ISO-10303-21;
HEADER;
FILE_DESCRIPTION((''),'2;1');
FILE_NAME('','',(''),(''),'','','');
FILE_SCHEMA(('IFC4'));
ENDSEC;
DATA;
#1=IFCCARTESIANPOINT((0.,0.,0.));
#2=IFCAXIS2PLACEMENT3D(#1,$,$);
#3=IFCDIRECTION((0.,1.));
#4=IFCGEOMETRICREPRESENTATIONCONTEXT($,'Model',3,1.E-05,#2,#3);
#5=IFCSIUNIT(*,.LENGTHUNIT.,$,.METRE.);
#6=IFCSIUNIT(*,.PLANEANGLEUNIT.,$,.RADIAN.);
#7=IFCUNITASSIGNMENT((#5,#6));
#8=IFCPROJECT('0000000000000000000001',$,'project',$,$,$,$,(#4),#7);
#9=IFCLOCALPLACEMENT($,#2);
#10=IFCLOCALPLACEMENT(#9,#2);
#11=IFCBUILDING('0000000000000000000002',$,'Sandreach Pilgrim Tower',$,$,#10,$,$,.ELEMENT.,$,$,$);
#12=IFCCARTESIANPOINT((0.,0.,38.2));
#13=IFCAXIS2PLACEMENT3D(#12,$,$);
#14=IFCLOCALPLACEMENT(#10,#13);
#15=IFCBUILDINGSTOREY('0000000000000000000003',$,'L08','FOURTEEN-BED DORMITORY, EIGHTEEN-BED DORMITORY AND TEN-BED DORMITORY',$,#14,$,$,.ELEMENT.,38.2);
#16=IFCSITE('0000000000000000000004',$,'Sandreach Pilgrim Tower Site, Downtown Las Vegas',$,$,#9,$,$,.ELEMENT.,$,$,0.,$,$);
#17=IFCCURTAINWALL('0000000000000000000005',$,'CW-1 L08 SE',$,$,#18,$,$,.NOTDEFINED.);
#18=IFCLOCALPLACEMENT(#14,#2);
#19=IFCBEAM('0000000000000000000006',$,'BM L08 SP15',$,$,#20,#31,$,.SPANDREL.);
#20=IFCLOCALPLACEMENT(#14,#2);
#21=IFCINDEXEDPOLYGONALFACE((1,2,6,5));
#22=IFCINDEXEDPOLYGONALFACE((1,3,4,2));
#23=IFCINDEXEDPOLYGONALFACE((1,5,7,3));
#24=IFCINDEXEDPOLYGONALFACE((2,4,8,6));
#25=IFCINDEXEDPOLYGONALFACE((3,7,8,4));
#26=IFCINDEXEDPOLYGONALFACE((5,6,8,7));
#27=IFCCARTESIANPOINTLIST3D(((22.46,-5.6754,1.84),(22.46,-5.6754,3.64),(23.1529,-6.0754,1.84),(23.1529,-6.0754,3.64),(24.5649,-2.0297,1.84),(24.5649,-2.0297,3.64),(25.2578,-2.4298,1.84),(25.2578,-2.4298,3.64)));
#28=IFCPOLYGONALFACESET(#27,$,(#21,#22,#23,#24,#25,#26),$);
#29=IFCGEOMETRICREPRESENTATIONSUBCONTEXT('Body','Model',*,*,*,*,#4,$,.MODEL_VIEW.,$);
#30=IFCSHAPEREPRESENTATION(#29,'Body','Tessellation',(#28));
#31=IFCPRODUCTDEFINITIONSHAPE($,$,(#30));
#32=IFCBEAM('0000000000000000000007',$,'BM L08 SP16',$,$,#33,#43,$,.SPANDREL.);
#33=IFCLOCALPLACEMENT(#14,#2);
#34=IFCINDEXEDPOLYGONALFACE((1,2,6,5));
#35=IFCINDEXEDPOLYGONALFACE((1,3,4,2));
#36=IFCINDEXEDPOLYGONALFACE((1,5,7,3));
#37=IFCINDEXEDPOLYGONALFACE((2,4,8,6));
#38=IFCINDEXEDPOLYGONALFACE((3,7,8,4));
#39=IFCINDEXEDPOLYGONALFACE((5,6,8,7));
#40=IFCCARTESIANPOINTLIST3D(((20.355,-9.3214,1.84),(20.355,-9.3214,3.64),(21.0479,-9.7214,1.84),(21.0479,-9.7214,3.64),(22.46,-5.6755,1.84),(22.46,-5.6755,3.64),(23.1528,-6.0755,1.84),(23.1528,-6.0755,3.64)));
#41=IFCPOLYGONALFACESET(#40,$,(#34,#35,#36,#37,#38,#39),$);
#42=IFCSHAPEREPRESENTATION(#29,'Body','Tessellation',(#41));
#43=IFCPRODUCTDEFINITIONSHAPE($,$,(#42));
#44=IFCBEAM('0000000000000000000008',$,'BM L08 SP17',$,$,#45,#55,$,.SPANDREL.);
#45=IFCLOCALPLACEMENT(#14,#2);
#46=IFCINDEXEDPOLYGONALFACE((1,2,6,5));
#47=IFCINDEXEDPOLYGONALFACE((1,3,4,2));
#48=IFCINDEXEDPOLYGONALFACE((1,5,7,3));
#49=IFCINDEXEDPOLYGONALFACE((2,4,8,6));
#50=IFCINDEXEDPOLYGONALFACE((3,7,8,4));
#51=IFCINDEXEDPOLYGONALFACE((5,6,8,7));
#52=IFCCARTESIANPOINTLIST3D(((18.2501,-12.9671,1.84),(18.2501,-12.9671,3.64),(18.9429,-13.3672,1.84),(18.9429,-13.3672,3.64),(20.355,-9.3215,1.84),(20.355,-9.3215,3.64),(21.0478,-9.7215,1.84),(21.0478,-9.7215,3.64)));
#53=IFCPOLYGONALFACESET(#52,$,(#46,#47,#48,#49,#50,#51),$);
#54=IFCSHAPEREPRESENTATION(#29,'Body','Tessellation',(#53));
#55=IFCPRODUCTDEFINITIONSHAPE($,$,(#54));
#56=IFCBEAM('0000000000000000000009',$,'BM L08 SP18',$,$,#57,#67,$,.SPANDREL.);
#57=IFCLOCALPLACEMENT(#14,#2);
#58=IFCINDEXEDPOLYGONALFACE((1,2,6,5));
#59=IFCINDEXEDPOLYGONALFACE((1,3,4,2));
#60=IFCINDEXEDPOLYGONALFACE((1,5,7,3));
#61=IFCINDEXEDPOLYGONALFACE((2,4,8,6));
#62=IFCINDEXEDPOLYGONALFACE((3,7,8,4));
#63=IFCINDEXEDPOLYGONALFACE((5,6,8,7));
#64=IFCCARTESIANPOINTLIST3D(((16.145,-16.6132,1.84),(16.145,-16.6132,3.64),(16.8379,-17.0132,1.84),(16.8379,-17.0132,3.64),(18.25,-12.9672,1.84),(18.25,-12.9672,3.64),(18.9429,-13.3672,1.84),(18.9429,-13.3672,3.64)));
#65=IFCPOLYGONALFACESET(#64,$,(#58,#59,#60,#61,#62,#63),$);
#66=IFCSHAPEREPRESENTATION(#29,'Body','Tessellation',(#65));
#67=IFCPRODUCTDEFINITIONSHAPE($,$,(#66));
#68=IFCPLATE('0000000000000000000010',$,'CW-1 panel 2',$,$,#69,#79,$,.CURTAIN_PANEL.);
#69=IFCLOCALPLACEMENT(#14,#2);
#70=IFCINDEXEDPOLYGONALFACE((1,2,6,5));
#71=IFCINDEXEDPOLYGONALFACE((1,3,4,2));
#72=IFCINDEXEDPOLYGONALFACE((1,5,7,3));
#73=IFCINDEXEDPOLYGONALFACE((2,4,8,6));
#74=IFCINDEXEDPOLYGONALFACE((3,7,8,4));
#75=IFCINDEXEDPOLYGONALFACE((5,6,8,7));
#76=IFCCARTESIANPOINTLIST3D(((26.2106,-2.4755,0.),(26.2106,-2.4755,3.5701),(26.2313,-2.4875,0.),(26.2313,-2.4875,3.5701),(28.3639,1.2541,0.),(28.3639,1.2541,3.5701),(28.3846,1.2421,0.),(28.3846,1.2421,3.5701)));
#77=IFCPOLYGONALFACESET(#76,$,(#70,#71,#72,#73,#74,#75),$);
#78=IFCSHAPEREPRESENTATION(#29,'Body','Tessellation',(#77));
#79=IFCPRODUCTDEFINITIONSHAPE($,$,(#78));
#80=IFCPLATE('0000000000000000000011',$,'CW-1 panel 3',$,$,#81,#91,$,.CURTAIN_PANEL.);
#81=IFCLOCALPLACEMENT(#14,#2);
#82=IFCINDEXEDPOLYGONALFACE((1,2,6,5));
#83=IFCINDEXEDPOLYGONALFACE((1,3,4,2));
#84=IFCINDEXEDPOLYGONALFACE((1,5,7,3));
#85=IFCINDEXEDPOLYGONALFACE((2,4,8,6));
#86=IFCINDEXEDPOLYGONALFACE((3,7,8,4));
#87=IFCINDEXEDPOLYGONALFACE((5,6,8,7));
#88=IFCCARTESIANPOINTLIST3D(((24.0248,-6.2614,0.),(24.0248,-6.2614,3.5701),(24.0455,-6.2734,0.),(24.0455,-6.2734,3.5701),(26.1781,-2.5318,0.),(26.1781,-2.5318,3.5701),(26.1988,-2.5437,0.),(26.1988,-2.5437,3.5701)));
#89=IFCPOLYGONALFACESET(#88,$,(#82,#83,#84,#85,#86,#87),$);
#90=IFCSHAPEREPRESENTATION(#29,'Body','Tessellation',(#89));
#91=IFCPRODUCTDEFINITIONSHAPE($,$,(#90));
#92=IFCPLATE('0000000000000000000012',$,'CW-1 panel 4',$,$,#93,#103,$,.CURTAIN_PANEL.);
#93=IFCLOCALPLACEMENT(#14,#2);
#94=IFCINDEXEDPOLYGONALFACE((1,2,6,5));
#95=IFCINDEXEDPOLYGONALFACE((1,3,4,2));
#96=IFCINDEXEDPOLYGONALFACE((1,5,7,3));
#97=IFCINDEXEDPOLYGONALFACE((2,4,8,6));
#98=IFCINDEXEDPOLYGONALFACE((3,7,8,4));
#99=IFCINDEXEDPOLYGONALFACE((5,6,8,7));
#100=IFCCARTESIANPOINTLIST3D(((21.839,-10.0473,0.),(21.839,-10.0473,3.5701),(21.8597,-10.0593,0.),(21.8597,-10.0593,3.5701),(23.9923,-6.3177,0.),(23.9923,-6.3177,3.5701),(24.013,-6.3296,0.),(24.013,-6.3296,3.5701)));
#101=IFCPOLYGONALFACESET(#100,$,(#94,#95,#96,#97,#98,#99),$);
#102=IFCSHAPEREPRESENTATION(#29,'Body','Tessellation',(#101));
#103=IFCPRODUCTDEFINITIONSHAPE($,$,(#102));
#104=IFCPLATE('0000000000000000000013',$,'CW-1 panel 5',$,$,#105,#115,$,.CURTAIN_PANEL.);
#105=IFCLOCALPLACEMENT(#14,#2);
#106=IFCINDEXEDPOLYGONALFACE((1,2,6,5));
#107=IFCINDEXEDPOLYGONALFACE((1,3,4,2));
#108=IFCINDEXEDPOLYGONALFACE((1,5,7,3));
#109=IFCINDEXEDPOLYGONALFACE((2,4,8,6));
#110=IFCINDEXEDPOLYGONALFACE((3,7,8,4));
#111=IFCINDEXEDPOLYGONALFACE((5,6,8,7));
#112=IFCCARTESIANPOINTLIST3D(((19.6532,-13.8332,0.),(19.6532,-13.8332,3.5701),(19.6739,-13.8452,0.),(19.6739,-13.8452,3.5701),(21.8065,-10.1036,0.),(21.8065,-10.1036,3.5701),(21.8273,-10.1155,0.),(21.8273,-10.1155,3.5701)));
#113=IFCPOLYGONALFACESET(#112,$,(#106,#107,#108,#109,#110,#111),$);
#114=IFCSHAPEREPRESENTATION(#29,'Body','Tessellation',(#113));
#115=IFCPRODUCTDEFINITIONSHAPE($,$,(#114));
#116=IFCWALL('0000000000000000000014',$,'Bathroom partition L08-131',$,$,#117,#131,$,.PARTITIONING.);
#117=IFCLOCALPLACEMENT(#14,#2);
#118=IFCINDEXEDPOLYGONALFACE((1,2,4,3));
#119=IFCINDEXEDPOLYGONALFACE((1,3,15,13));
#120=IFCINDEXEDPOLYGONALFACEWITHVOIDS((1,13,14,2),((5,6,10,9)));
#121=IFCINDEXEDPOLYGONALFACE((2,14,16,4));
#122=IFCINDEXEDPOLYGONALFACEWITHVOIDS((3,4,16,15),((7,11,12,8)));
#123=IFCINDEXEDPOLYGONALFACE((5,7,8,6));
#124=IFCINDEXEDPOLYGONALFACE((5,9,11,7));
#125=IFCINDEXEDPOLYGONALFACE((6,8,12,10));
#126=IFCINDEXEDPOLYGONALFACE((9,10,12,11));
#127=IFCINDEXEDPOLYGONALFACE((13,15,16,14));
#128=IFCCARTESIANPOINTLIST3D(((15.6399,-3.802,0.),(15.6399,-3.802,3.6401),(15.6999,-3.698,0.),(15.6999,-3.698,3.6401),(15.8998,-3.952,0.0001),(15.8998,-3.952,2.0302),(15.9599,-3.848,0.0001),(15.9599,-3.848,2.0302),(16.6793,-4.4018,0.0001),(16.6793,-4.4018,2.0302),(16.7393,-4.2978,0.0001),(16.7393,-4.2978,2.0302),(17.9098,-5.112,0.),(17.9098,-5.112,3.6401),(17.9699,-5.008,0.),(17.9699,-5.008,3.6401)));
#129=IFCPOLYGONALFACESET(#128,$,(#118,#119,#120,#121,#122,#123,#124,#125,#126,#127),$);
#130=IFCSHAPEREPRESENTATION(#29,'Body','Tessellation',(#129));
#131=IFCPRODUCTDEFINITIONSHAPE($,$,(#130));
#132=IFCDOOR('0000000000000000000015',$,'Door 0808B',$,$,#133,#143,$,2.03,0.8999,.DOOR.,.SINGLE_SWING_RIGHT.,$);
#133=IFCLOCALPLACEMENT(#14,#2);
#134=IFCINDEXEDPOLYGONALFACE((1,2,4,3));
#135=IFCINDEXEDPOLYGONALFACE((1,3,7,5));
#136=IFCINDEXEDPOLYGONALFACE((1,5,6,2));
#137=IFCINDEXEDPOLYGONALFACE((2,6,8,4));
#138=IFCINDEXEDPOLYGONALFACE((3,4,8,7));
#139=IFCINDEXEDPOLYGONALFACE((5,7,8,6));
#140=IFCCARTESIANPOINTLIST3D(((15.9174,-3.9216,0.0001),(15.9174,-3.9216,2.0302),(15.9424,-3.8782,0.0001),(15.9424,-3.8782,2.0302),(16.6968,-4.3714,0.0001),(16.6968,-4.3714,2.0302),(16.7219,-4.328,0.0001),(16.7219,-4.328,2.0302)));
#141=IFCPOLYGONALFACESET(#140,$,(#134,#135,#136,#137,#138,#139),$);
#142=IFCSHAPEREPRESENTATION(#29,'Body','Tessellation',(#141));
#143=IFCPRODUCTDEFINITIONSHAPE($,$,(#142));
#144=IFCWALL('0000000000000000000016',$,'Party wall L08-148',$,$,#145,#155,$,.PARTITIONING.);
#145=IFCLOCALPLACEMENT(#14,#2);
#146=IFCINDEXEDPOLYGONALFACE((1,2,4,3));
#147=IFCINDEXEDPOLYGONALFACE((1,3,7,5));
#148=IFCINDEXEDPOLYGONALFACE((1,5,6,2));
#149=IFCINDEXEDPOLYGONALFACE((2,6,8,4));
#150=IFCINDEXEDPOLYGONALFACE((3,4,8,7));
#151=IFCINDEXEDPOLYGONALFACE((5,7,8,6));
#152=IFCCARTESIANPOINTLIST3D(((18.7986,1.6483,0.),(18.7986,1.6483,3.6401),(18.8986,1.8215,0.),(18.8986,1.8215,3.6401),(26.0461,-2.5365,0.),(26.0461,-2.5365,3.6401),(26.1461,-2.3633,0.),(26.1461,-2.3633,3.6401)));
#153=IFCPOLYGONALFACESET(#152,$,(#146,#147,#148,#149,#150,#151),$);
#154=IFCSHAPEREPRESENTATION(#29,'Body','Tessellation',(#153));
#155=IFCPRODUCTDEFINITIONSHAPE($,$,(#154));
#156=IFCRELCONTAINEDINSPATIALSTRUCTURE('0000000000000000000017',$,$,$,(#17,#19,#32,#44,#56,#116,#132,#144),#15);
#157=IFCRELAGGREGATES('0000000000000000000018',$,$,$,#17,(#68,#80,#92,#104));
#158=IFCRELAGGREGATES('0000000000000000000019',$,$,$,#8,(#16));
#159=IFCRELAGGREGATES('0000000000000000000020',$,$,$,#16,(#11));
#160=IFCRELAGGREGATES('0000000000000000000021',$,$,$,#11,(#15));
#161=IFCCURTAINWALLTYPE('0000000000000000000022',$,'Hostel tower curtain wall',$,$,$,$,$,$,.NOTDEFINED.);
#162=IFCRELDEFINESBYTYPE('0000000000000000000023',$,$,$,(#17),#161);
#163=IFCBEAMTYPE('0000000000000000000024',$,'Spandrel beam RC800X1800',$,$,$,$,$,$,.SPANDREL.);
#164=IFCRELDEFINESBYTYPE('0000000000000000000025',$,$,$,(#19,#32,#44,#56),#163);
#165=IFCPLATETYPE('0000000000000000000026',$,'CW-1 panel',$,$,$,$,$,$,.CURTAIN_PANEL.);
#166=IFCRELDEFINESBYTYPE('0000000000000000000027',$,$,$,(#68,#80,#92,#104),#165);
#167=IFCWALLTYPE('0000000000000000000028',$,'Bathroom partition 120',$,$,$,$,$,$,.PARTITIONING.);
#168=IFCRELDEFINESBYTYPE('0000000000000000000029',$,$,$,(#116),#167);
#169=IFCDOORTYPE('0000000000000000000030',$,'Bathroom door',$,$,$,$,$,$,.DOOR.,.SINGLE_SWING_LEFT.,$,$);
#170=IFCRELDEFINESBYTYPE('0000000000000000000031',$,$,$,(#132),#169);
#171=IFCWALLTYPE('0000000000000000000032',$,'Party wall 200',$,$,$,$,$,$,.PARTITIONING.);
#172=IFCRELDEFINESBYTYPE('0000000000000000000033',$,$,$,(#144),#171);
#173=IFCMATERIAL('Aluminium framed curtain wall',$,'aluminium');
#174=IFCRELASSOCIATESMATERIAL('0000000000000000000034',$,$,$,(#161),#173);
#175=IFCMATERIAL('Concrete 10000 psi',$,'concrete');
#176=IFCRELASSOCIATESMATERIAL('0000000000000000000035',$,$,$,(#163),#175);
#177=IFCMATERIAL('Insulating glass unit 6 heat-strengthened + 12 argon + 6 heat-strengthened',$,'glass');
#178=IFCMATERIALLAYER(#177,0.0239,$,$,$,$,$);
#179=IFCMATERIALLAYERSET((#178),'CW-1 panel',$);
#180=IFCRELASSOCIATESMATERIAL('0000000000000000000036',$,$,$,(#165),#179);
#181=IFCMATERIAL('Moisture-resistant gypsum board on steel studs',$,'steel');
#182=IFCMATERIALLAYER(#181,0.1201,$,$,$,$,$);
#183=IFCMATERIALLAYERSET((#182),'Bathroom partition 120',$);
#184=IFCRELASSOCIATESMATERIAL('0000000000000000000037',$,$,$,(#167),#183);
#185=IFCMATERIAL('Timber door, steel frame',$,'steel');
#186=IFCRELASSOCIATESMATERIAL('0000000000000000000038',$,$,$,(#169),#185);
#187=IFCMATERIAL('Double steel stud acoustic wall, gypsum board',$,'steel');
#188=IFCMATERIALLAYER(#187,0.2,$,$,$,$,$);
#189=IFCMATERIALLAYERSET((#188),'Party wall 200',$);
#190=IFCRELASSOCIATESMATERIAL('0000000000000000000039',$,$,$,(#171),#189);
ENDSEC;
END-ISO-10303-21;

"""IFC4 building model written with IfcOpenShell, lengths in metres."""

from ifc_helpers import new_model, si_unit, direction, frame, frame_2d, origin, origin_2d, place, context, subcontext, project, spatial, rectangle, extrude, material, layer, layer_set, material_profile, profile_set, type_object, element, fill, aggregate, save


model = new_model("IFC4")

# Units and contexts
model_context = context("Model", 3, precision=1e-05, world=origin(), true_north=direction((0.0, 1.0)))
body_context = subcontext(model_context, "Body", "Model", "MODEL_VIEW")
ifc_project = project(units=[si_unit("LENGTHUNIT", "METRE"), si_unit("PLANEANGLEUNIT", "RADIAN")], contexts=[model_context])

# Site, building, storey
site_placement = place(None, origin())
site = spatial("IfcSite", under=ifc_project, at=site_placement, Name="Sandreach Pilgrim Tower Site, Downtown Las Vegas", CompositionType="ELEMENT", RefElevation=0.0)
building_placement = place(site_placement, origin())
building = spatial("IfcBuilding", under=site, at=building_placement, Name="Sandreach Pilgrim Tower", CompositionType="ELEMENT")
storey_placement = place(building_placement, frame((0.0, 0.0, 38.2)))
storey = spatial("IfcBuildingStorey", under=building, at=storey_placement, Name="L08", Description="FOURTEEN-BED DORMITORY, EIGHTEEN-BED DORMITORY AND TEN-BED DORMITORY", CompositionType="ELEMENT", Elevation=38.2)

# Curtain wall
ifc_material_1 = material(Name="Aluminium framed curtain wall", Category="aluminium")
curtain_wall_type = type_object("IfcCurtainWallType", Name="Hostel tower curtain wall", PredefinedType="NOTDEFINED", material=ifc_material_1)
curtain_wall_placement = place(storey_placement, origin())
curtain_wall = element("IfcCurtainWall", 1, at=curtain_wall_placement, inside=storey, type_object=curtain_wall_type, Name="CW-1 L08 SE", PredefinedType="NOTDEFINED")

# Beams
ifc_material_2 = material(Name="Concrete 10000 psi", Category="concrete")
ifc_material_profile_1 = material_profile(ifc_material_2, rectangle(XDim=0.8, YDim=1.8, at=origin_2d()), Name="RC800X1800")
ifc_profile_set_1 = profile_set([ifc_material_profile_1], Name="Concrete 10000 psi")
beam_type_1 = type_object("IfcBeamType", Name="Spandrel beam RC800X1800", PredefinedType="SPANDREL", material=ifc_profile_set_1)
beam_1_placement = place(storey_placement, frame((24.9114, -2.2297, 2.74), z_axis=(-0.500019, -0.866015, 0.0), x_axis=(0.866015, -0.500019, 0.0)))
element("IfcBeam", 2, at=beam_1_placement, inside=storey, type_object=beam_type_1, Name="BM L08 SP15", PredefinedType="SPANDREL", context=body_context, shape_type="SweptSolid", body=[
    extrude(rectangle(XDim=0.8, YDim=1.8, at=origin_2d()), origin(), (0.0, 0.0, 1.0), 4.2097),
])
beam_2_placement = place(storey_placement, frame((22.8064, -5.8755, 2.74), z_axis=(-0.499994, -0.866029, 0.0), x_axis=(0.866029, -0.499994, 0.0)))
element("IfcBeam", 3, at=beam_2_placement, inside=storey, type_object=beam_type_1, Name="BM L08 SP16", PredefinedType="SPANDREL", context=body_context, shape_type="SweptSolid", body=[
    extrude(rectangle(XDim=0.8, YDim=1.8, at=origin_2d()), origin(), (0.0, 0.0, 1.0), 4.21),
])
beam_3_placement = place(storey_placement, frame((20.7014, -9.5215, 2.74), z_axis=(-0.500019, -0.866015, 0.0), x_axis=(0.866015, -0.500019, 0.0)))
element("IfcBeam", 4, at=beam_3_placement, inside=storey, type_object=beam_type_1, Name="BM L08 SP17", PredefinedType="SPANDREL", context=body_context, shape_type="SweptSolid", body=[
    extrude(rectangle(XDim=0.8, YDim=1.8, at=origin_2d()), origin(), (0.0, 0.0, 1.0), 4.2097),
])
beam_4_placement = place(storey_placement, frame((18.5964, -13.1672, 2.74), z_axis=(-0.499994, -0.866029, 0.0), x_axis=(0.866029, -0.499994, 0.0)))
element("IfcBeam", 5, at=beam_4_placement, inside=storey, type_object=beam_type_1, Name="BM L08 SP18", PredefinedType="SPANDREL", context=body_context, shape_type="SweptSolid", body=[
    extrude(rectangle(XDim=0.8, YDim=1.8, at=origin_2d()), origin(), (0.0, 0.0, 1.0), 4.21),
])

# Plates
ifc_material_3 = material(Name="Insulating glass unit 6 heat-strengthened + 12 argon + 6 heat-strengthened", Category="glass")
ifc_layer_1 = layer(ifc_material_3, 0.0239)
ifc_layer_set_1 = layer_set([ifc_layer_1], Name="CW-1 panel")
plate_type = type_object("IfcPlateType", Name="CW-1 panel", PredefinedType="CURTAIN_PANEL", material=ifc_layer_set_1)
plate_1_placement = place(storey_placement, frame((27.2976, -0.6167, 0.0), z_axis=(0.0, 0.0, 1.0), x_axis=(-0.5, -0.866025, 0.0)))
plate_1 = element("IfcPlate", 6, at=plate_1_placement, type_object=plate_type, Name="CW-1 panel 2", PredefinedType="CURTAIN_PANEL", context=body_context, shape_type="SweptSolid", body=[
    extrude(rectangle(XDim=4.3066, YDim=0.0239, at=origin_2d()), origin(), (0.0, 0.0, 1.0), 3.5701),
])
plate_2_placement = place(storey_placement, frame((25.1118, -4.4026, 0.0), z_axis=(0.0, 0.0, 1.0), x_axis=(-0.5, -0.866025, 0.0)))
plate_2 = element("IfcPlate", 7, at=plate_2_placement, type_object=plate_type, Name="CW-1 panel 3", PredefinedType="CURTAIN_PANEL", context=body_context, shape_type="SweptSolid", body=[
    extrude(rectangle(XDim=4.3066, YDim=0.0239, at=origin_2d()), origin(), (0.0, 0.0, 1.0), 3.5701),
])
plate_3_placement = place(storey_placement, frame((22.926, -8.1885, 0.0), z_axis=(0.0, 0.0, 1.0), x_axis=(-0.5, -0.866025, 0.0)))
plate_3 = element("IfcPlate", 8, at=plate_3_placement, type_object=plate_type, Name="CW-1 panel 4", PredefinedType="CURTAIN_PANEL", context=body_context, shape_type="SweptSolid", body=[
    extrude(rectangle(XDim=4.3066, YDim=0.0239, at=origin_2d()), origin(), (0.0, 0.0, 1.0), 3.5701),
])
plate_4_placement = place(storey_placement, frame((20.7402, -11.9744, 0.0), z_axis=(0.0, 0.0, 1.0), x_axis=(-0.5, -0.866025, 0.0)))
plate_4 = element("IfcPlate", 9, at=plate_4_placement, type_object=plate_type, Name="CW-1 panel 5", PredefinedType="CURTAIN_PANEL", context=body_context, shape_type="SweptSolid", body=[
    extrude(rectangle(XDim=4.3066, YDim=0.0239, at=origin_2d()), origin(), (0.0, 0.0, 1.0), 3.5701),
])
aggregate(curtain_wall, [plate_1, plate_2, plate_3, plate_4])

# Wall, opening, door
ifc_material_4 = material(Name="Moisture-resistant gypsum board on steel studs", Category="steel")
ifc_layer_2 = layer(ifc_material_4, 0.1201)
ifc_layer_set_2 = layer_set([ifc_layer_2], Name="Bathroom partition 120")
wall_type_1 = type_object("IfcWallType", Name="Bathroom partition 120", PredefinedType="PARTITIONING", material=ifc_layer_set_2)
wall_1_placement = place(storey_placement, frame((17.9399, -5.0601, 0.0), z_axis=(0.0, 0.0, 1.0), x_axis=(-0.866114, 0.499846, 0.0)))
wall_1 = element("IfcWall", 10, at=wall_1_placement, inside=storey, type_object=wall_type_1, Name="Bathroom partition L08-131", PredefinedType="PARTITIONING", context=body_context, shape_type="SweptSolid", body=[
    extrude(rectangle(XDim=2.6208, YDim=0.1201, at=frame_2d((1.3105, 0.0))), origin(), (0.0, 0.0, 1.0), 3.6401),
])
opening_placement = place(wall_1_placement, frame((1.4209, 0.0, 0.0)))
opening = element("IfcOpeningElement", 11, at=opening_placement, cuts=wall_1, PredefinedType="OPENING", context=body_context, shape_type="SweptSolid", body=[
    extrude(rectangle(XDim=0.8999, YDim=2.03, at=frame_2d((0.45, 1.0151))), frame((0.0, 0.0601, 0.0), z_axis=(0.0, -1.0, 0.0), x_axis=(1.0, 0.0, 0.0)), (0.0, 0.0, 1.0), 0.1201),
])
ifc_material_5 = material(Name="Timber door, steel frame", Category="steel")
door_type = type_object("IfcDoorType", Name="Bathroom door", OperationType="SINGLE_SWING_LEFT", PredefinedType="DOOR", material=ifc_material_5)
door_placement = place(opening_placement, origin())
door = element("IfcDoor", 12, at=door_placement, inside=storey, type_object=door_type, Name="Door 0808B", OperationType="SINGLE_SWING_RIGHT", OverallHeight=2.03, OverallWidth=0.8999, PredefinedType="DOOR", context=body_context, shape_type="SweptSolid", body=[
    extrude(rectangle(XDim=0.8999, YDim=2.03, at=frame_2d((0.45, 1.0151))), frame((0.0, 0.0249, 0.0), z_axis=(0.0, -1.0, 0.0), x_axis=(1.0, 0.0, 0.0)), (0.0, 0.0, 1.0), 0.05),
])
fill(opening, door)

# Wall
ifc_material_6 = material(Name="Double steel stud acoustic wall, gypsum board", Category="steel")
ifc_layer_3 = layer(ifc_material_6, 0.2)
ifc_layer_set_3 = layer_set([ifc_layer_3], Name="Party wall 200")
wall_type_2 = type_object("IfcWallType", Name="Party wall 200", PredefinedType="PARTITIONING", material=ifc_layer_set_3)
wall_2_placement = place(storey_placement, frame((26.0962, -2.45, 0.0), z_axis=(0.0, 0.0, 1.0), x_axis=(-0.866003, 0.500039, 0.0)))
element("IfcWall", 13, at=wall_2_placement, inside=storey, type_object=wall_type_2, Name="Party wall L08-148", PredefinedType="PARTITIONING", context=body_context, shape_type="SweptSolid", body=[
    extrude(rectangle(XDim=8.3689, YDim=0.2, at=frame_2d((4.1846, 0.0))), origin(), (0.0, 0.0, 1.0), 3.6401),
])

save(model, "model.ifc")
